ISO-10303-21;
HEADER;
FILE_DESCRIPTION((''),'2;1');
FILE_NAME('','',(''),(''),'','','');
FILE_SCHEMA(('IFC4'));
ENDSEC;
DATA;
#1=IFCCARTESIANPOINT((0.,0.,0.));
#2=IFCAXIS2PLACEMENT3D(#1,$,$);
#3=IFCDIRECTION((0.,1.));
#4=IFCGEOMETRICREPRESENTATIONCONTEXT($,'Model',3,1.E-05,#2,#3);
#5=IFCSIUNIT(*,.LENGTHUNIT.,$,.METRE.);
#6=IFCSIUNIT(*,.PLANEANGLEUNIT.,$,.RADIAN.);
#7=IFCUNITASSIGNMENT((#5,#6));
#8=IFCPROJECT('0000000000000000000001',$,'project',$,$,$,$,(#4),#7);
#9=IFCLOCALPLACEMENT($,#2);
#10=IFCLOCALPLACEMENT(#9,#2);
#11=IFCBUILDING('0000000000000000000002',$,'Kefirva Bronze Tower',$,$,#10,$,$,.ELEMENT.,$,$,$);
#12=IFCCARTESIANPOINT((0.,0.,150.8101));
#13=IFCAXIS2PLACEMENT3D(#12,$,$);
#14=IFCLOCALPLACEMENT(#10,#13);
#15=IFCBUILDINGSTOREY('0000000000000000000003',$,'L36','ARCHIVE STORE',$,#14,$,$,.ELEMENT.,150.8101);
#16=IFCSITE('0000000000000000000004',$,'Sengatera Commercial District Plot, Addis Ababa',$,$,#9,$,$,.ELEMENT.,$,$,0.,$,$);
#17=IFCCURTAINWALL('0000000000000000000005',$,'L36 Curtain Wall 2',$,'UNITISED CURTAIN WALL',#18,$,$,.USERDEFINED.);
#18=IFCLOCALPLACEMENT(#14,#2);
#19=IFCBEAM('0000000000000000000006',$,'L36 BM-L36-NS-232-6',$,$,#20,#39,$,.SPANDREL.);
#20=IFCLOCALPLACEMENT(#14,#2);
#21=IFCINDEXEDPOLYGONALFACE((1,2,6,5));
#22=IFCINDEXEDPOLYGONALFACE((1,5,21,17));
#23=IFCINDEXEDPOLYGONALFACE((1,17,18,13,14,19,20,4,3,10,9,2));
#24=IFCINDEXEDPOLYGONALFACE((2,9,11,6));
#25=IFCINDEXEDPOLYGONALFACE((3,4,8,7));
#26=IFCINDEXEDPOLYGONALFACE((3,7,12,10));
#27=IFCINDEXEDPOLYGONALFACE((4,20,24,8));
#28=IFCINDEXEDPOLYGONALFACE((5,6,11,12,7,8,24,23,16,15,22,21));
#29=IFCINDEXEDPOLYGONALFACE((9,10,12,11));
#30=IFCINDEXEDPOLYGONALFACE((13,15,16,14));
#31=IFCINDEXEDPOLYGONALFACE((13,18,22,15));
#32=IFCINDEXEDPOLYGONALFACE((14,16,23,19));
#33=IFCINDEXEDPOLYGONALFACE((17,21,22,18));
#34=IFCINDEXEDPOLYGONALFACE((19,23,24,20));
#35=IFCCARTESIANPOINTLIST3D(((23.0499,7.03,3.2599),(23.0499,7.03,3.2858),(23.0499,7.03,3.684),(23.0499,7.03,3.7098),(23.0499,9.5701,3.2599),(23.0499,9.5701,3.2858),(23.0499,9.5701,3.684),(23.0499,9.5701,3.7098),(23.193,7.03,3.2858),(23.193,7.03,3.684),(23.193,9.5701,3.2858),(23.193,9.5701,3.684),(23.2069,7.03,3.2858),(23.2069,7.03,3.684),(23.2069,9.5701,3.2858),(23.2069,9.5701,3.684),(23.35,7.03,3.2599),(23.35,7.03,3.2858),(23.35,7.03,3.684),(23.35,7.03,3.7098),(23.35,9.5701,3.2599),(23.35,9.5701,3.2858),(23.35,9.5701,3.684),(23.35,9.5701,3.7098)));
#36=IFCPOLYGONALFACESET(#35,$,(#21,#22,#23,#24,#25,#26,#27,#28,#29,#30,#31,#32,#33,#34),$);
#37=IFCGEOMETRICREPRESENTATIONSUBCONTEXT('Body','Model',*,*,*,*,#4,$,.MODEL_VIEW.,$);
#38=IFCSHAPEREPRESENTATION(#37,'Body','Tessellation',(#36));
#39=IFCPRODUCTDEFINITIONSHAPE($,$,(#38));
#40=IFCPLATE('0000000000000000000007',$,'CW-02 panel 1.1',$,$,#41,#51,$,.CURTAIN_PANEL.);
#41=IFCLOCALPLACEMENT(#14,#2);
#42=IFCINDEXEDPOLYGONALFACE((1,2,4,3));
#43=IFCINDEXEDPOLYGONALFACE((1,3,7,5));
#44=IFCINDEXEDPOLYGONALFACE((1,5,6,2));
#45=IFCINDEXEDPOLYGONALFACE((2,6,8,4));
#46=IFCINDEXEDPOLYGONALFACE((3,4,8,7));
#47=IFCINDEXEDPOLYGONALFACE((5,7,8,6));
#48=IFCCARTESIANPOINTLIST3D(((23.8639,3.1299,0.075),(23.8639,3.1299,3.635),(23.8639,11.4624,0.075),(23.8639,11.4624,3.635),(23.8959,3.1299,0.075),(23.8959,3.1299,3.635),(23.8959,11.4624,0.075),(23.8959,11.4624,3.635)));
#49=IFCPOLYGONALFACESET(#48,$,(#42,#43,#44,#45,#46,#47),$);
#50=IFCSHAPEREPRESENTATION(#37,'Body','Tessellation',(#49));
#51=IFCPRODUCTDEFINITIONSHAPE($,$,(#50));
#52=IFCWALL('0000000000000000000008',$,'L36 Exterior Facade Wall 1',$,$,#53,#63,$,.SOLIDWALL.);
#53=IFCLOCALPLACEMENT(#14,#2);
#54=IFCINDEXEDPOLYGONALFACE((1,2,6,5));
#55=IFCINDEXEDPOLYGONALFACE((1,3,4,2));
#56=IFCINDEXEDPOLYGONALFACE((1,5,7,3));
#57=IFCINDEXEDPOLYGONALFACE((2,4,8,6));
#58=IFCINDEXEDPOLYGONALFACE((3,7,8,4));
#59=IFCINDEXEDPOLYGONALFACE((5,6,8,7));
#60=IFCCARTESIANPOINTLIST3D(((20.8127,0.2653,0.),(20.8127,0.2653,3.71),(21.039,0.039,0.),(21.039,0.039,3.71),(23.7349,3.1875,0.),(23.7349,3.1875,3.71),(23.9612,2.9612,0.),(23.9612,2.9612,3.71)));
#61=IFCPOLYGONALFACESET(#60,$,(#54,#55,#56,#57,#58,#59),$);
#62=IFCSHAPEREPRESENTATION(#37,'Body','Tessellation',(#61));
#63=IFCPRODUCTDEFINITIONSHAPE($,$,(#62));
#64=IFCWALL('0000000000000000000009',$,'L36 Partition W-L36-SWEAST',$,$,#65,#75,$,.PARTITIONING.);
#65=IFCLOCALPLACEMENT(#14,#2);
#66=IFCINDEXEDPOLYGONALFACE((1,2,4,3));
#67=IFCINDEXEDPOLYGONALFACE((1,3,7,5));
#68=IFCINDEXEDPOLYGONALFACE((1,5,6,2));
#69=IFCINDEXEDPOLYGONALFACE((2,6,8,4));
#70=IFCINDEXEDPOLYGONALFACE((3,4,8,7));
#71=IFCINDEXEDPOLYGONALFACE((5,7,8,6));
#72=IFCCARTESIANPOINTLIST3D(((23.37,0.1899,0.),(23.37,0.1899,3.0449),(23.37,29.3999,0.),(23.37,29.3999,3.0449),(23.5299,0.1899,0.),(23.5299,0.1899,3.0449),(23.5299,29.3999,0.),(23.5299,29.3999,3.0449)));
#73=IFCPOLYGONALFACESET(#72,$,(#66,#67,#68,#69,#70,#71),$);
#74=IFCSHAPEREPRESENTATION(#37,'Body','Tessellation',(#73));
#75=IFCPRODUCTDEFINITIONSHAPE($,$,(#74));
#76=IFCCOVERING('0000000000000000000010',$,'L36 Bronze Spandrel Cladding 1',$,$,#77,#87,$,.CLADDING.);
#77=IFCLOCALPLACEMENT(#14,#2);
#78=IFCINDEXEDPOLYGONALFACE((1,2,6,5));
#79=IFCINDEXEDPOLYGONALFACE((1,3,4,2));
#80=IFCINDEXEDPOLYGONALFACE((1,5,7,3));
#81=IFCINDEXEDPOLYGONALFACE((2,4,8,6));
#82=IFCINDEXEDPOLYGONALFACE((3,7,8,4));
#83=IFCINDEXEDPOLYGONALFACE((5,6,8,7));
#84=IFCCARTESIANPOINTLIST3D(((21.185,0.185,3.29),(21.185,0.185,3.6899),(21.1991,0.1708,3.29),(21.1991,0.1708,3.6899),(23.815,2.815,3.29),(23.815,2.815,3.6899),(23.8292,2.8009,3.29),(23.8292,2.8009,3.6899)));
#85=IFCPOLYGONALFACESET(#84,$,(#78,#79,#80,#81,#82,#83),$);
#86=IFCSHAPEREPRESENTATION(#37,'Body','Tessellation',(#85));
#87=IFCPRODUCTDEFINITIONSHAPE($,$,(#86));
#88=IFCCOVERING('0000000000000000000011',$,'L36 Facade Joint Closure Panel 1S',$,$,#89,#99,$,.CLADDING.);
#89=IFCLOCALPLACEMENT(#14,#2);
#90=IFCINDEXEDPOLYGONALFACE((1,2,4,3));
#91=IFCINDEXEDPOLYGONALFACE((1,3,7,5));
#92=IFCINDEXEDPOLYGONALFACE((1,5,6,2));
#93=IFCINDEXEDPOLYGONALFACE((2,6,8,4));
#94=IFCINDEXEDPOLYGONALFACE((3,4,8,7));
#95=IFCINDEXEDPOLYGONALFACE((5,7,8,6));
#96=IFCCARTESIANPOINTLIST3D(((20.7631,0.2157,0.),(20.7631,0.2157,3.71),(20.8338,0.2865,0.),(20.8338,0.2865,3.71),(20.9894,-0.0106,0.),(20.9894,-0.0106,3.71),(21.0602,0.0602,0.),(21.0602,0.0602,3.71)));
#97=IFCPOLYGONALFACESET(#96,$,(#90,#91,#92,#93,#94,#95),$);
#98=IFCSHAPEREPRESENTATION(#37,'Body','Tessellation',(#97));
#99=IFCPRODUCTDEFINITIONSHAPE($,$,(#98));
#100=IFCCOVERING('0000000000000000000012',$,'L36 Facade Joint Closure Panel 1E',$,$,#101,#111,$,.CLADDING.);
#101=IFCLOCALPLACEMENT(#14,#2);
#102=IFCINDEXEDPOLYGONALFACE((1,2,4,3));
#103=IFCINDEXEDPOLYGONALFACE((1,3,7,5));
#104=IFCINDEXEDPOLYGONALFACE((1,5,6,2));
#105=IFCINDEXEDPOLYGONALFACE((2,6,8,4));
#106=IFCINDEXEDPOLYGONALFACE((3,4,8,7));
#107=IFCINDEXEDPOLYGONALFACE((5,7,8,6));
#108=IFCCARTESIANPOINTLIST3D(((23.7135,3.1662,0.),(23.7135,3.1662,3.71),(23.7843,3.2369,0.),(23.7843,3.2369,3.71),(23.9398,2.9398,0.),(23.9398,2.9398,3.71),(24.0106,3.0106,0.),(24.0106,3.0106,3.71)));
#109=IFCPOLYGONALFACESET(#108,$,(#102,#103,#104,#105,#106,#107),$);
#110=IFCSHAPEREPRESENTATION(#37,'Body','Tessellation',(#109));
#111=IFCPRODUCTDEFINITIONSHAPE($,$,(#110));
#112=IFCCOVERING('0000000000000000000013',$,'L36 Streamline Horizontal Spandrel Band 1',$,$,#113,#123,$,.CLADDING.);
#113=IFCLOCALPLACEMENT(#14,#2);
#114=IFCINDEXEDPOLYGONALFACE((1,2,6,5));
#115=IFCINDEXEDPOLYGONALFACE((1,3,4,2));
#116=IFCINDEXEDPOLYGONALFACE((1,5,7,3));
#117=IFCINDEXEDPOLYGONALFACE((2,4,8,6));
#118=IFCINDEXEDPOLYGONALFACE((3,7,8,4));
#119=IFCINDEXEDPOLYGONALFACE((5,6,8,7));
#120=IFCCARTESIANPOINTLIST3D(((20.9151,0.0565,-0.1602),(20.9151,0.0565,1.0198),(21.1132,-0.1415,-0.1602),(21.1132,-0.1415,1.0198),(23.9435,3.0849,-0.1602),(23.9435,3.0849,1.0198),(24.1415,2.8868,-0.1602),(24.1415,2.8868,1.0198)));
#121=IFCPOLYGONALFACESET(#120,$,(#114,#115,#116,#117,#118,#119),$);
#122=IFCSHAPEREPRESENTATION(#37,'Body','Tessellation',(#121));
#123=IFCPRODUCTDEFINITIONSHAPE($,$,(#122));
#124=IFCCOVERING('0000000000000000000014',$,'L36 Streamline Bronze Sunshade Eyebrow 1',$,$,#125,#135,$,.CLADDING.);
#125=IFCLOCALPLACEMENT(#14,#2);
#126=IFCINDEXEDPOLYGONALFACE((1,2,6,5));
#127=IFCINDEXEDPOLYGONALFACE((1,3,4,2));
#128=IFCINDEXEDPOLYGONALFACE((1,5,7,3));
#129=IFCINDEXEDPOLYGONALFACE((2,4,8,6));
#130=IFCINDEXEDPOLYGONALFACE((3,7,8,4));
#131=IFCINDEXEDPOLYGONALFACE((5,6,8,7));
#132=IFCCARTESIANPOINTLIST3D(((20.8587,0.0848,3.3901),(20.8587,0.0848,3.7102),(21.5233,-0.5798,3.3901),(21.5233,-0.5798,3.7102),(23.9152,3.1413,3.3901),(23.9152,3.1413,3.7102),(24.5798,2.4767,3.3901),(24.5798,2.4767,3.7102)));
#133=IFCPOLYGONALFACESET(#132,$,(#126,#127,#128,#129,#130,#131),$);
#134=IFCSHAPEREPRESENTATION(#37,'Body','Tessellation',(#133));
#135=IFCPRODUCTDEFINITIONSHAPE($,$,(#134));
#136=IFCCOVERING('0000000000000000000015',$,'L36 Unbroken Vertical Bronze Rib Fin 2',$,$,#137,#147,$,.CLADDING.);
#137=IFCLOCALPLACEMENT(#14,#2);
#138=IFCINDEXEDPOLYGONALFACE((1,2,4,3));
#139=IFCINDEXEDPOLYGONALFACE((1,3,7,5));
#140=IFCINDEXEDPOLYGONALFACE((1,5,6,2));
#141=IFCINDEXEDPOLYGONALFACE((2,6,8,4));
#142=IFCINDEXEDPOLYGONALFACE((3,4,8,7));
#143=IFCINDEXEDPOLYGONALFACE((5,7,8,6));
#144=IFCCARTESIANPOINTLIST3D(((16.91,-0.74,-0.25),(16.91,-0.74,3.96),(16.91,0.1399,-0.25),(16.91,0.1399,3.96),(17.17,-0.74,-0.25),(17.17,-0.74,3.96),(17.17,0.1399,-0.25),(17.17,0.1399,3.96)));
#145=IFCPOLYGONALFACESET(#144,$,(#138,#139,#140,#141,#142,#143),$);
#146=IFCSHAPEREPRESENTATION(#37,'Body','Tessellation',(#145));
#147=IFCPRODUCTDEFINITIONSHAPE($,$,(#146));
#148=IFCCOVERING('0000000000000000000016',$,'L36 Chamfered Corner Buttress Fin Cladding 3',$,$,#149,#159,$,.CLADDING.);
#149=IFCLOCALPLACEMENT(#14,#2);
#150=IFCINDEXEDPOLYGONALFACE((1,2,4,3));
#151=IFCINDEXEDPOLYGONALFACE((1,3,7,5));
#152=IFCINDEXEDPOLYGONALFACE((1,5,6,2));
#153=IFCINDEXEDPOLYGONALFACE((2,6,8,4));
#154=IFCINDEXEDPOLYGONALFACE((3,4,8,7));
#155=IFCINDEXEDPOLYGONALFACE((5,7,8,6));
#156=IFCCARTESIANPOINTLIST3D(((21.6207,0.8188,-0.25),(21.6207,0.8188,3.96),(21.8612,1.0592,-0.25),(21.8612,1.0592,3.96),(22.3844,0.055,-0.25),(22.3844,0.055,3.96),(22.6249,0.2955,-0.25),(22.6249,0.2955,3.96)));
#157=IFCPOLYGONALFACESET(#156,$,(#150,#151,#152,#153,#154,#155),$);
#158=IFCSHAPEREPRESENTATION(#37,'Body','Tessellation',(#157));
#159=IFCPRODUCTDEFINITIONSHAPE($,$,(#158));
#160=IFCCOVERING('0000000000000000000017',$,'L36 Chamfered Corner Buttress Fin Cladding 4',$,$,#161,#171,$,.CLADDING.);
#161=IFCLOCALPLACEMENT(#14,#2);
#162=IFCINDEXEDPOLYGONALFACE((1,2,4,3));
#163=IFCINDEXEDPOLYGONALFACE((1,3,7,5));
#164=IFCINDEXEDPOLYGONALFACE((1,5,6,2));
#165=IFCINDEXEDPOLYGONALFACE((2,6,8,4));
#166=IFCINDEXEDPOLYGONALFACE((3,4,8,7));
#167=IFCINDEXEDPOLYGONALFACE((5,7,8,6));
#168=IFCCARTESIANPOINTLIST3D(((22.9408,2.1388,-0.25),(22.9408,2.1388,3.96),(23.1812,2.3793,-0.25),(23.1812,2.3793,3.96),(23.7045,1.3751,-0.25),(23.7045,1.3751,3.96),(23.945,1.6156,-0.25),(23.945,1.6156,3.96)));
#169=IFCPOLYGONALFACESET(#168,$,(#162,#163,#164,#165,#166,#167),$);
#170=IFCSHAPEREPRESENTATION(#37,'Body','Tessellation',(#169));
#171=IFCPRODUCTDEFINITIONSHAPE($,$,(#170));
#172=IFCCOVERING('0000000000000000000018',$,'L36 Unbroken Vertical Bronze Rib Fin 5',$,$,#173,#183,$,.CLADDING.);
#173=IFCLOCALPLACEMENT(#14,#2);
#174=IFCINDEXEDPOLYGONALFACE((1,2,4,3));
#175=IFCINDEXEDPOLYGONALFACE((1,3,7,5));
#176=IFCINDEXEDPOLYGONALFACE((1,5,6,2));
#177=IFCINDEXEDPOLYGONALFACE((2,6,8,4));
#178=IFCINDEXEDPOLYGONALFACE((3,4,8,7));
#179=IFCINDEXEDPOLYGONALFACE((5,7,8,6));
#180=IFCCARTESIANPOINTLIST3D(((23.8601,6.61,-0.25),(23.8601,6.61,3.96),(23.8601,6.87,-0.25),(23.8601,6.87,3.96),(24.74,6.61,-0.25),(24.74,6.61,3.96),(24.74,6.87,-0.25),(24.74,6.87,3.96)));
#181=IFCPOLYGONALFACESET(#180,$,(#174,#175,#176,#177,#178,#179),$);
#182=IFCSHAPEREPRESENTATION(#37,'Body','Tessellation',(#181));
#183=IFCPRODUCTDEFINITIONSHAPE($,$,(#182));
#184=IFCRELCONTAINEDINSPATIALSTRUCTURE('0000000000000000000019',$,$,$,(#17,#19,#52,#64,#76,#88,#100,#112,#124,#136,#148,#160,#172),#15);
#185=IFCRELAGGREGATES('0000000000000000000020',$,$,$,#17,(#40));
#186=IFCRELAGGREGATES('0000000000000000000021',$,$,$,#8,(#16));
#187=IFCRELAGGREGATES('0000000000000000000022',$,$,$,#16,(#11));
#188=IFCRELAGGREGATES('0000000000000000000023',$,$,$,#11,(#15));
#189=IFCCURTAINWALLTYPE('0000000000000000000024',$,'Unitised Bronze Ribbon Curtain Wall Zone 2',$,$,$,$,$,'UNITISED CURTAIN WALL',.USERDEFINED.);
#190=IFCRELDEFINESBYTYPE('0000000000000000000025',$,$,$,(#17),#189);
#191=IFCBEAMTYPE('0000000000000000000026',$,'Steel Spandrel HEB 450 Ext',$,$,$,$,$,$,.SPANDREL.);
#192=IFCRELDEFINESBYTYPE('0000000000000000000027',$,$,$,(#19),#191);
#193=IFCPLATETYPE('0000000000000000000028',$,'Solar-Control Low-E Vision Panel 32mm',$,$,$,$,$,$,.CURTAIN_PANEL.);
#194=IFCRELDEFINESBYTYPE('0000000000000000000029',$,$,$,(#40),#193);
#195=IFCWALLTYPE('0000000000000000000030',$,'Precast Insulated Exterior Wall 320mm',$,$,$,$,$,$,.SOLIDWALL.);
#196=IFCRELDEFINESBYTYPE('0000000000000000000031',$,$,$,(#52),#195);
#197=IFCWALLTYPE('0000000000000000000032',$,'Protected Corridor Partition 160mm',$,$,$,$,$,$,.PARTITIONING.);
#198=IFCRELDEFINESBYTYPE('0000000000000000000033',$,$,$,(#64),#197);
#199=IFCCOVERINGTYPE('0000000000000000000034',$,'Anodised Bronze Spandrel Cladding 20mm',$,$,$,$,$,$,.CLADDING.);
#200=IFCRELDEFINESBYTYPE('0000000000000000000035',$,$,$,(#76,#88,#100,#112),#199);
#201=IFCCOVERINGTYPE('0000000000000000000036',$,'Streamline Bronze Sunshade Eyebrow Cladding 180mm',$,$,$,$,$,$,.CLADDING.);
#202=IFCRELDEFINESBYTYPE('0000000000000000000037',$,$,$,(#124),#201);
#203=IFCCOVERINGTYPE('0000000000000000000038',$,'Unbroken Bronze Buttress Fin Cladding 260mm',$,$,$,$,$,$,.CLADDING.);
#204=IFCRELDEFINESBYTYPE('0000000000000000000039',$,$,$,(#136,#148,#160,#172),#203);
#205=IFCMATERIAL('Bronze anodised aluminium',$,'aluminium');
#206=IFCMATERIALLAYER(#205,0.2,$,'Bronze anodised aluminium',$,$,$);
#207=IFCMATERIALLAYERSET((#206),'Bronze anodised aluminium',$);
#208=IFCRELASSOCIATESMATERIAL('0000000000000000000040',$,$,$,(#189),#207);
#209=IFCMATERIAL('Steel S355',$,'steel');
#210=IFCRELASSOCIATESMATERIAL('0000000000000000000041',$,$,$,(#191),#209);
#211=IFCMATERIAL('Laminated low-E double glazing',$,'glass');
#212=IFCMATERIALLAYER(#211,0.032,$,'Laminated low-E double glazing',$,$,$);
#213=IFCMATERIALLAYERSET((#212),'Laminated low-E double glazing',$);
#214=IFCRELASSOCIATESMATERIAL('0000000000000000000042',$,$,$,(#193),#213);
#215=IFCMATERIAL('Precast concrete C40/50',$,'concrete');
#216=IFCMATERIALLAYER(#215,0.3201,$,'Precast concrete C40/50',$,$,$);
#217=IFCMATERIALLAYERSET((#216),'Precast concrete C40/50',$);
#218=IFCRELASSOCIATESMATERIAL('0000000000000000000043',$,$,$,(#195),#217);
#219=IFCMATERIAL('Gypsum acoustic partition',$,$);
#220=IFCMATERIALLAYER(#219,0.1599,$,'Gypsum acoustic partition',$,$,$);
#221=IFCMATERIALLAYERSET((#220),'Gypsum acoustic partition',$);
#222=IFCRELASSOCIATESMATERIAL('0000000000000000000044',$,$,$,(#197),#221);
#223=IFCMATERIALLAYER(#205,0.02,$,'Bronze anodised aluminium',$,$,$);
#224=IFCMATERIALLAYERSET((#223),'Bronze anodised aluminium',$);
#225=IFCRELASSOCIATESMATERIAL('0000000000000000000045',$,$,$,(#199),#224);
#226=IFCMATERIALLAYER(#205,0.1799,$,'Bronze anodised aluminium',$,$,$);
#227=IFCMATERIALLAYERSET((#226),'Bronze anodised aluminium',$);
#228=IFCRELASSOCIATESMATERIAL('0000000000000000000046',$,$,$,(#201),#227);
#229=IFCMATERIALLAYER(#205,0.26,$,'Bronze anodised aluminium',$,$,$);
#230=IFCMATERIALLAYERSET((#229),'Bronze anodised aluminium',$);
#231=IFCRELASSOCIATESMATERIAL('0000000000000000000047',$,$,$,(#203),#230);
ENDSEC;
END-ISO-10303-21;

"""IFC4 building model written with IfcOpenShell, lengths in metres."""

from ifc_helpers import new_model, si_unit, direction, frame, frame_2d, origin, origin_2d, place, context, subcontext, project, spatial, rectangle, i_section, extrude, material, layer, layer_set, material_profile, profile_set, type_object, element, aggregate, save


model = new_model("IFC4")

# Units and contexts
model_context = context("Model", 3, precision=1e-05, world=origin(), true_north=direction((0.0, 1.0)))
body_context = subcontext(model_context, "Body", "Model", "MODEL_VIEW")
ifc_project = project(units=[si_unit("LENGTHUNIT", "METRE"), si_unit("PLANEANGLEUNIT", "RADIAN")], contexts=[model_context])

# Site, building, storey
site_placement = place(None, origin())
site = spatial("IfcSite", under=ifc_project, at=site_placement, Name="Sengatera Commercial District Plot, Addis Ababa", CompositionType="ELEMENT", RefElevation=0.0)
building_placement = place(site_placement, origin())
building = spatial("IfcBuilding", under=site, at=building_placement, Name="Kefirva Bronze Tower", CompositionType="ELEMENT")
storey_placement = place(building_placement, frame((0.0, 0.0, 150.8101)))
storey = spatial("IfcBuildingStorey", under=building, at=storey_placement, Name="L36", Description="ARCHIVE STORE", CompositionType="ELEMENT", Elevation=150.8101)

# Shared definitions
ifc_material_1 = material(Name="Bronze anodised aluminium", Category="aluminium")
ifc_layer_1 = layer(ifc_material_1, 0.2, Name="Bronze anodised aluminium")
ifc_layer_set_1 = layer_set([ifc_layer_1], Name="Bronze anodised aluminium")
curtain_wall_type = type_object("IfcCurtainWallType", Name="Unitised Bronze Ribbon Curtain Wall Zone 2", ElementType="UNITISED CURTAIN WALL", PredefinedType="USERDEFINED", material=ifc_layer_set_1)

# Curtain wall
curtain_wall_1_placement = place(storey_placement, origin())
curtain_wall_1 = element("IfcCurtainWall", 1, at=curtain_wall_1_placement, inside=storey, type_object=curtain_wall_type, Name="L36 Curtain Wall 2", ObjectType="UNITISED CURTAIN WALL", PredefinedType="USERDEFINED")

# Beam
ifc_material_2 = material(Name="Steel S355", Category="steel")
ifc_material_profile_1 = material_profile(ifc_material_2, i_section(OverallWidth=0.3, OverallDepth=0.45, WebThickness=0.0139, FlangeThickness=0.0259, at=origin_2d()), Name="HEB 450")
ifc_profile_set_1 = profile_set([ifc_material_profile_1], Name="Steel S355")
beam_type_1 = type_object("IfcBeamType", Name="Steel Spandrel HEB 450 Ext", PredefinedType="SPANDREL", material=ifc_profile_set_1)
beam_1_placement = place(storey_placement, frame((23.2, 7.03, 3.4849), z_axis=(0.0, 1.0, 0.0), x_axis=(-1.0, 0.0, 0.0)))
element("IfcBeam", 2, at=beam_1_placement, inside=storey, type_object=beam_type_1, Name="L36 BM-L36-NS-232-6", PredefinedType="SPANDREL", context=body_context, shape_type="SweptSolid", body=[
    extrude(i_section(OverallWidth=0.3, OverallDepth=0.45, WebThickness=0.0139, FlangeThickness=0.0259, at=origin_2d()), origin(), (0.0, 0.0, 1.0), 2.54),
])

# Plate
ifc_material_3 = material(Name="Laminated low-E double glazing", Category="glass")
ifc_layer_2 = layer(ifc_material_3, 0.032, Name="Laminated low-E double glazing")
ifc_layer_set_2 = layer_set([ifc_layer_2], Name="Laminated low-E double glazing")
plate_type = type_object("IfcPlateType", Name="Solar-Control Low-E Vision Panel 32mm", PredefinedType="CURTAIN_PANEL", material=ifc_layer_set_2)
plate_placement = place(storey_placement, frame((23.8799, 7.2961, 0.075), z_axis=(0.0, 0.0, 1.0), x_axis=(0.0, 1.0, 0.0)))
plate = element("IfcPlate", 3, at=plate_placement, type_object=plate_type, Name="CW-02 panel 1.1", PredefinedType="CURTAIN_PANEL", context=body_context, shape_type="SweptSolid", body=[
    extrude(rectangle(XDim=8.3325, YDim=0.032, at=origin_2d()), origin(), (0.0, 0.0, 1.0), 3.5601),
])
aggregate(curtain_wall_1, [plate])

# Walls
ifc_material_4 = material(Name="Precast concrete C40/50", Category="concrete")
ifc_layer_3 = layer(ifc_material_4, 0.3201, Name="Precast concrete C40/50")
ifc_layer_set_3 = layer_set([ifc_layer_3], Name="Precast concrete C40/50")
wall_type_1 = type_object("IfcWallType", Name="Precast Insulated Exterior Wall 320mm", PredefinedType="SOLIDWALL", material=ifc_layer_set_3)
wall_1_placement = place(storey_placement, frame((20.9258, 0.1521, 0.0), z_axis=(0.0, 0.0, 1.0), x_axis=(0.707107, 0.707107, 0.0)))
element("IfcWall", 4, at=wall_1_placement, inside=storey, type_object=wall_type_1, Name="L36 Exterior Facade Wall 1", PredefinedType="SOLIDWALL", context=body_context, shape_type="SweptSolid", body=[
    extrude(rectangle(XDim=4.1326, YDim=0.3201, at=frame_2d((2.0664, 0.0))), origin(), (0.0, 0.0, 1.0), 3.71),
])
ifc_material_5 = material(Name="Gypsum acoustic partition")
ifc_layer_4 = layer(ifc_material_5, 0.1599, Name="Gypsum acoustic partition")
ifc_layer_set_4 = layer_set([ifc_layer_4], Name="Gypsum acoustic partition")
wall_type_2 = type_object("IfcWallType", Name="Protected Corridor Partition 160mm", PredefinedType="PARTITIONING", material=ifc_layer_set_4)
wall_2_placement = place(storey_placement, frame((23.45, 0.1899, 0.0), z_axis=(0.0, 0.0, 1.0), x_axis=(0.0, 1.0, 0.0)))
element("IfcWall", 5, at=wall_2_placement, inside=storey, type_object=wall_type_2, Name="L36 Partition W-L36-SWEAST", PredefinedType="PARTITIONING", context=body_context, shape_type="SweptSolid", body=[
    extrude(rectangle(XDim=29.21, YDim=0.1599, at=frame_2d((14.605, 0.0))), origin(), (0.0, 0.0, 1.0), 3.0449),
])

# Coverings
ifc_layer_5 = layer(ifc_material_1, 0.02, Name="Bronze anodised aluminium")
ifc_layer_set_5 = layer_set([ifc_layer_5], Name="Bronze anodised aluminium")
covering_type_1 = type_object("IfcCoveringType", Name="Anodised Bronze Spandrel Cladding 20mm", PredefinedType="CLADDING", material=ifc_layer_set_5)
covering_1_placement = place(storey_placement, frame((22.5071, 1.4929, 3.29), z_axis=(0.0, 0.0, 1.0), x_axis=(0.707107, 0.707107, 0.0)))
element("IfcCovering", 6, at=covering_1_placement, inside=storey, type_object=covering_type_1, Name="L36 Bronze Spandrel Cladding 1", PredefinedType="CLADDING", context=body_context, shape_type="SweptSolid", body=[
    extrude(rectangle(XDim=3.7195, YDim=0.02, at=origin_2d()), origin(), (0.0, 0.0, 1.0), 0.3999),
])
for number, where, z_axis, x_axis, name in (
    (7, (20.9116, 0.1379, 0.0), (0.0, 0.0, 1.0), (0.707107, 0.707107, 0.0), "L36 Facade Joint Closure Panel 1S"),
    (8, (23.8621, 3.0884, 0.0), (0.0, 0.0, 1.0), (0.707107, 0.707107, 0.0), "L36 Facade Joint Closure Panel 1E"),
):
    element("IfcCovering", number, at=place(storey_placement, frame(where, z_axis=z_axis, x_axis=x_axis)), inside=storey, type_object=covering_type_1, Name=name, PredefinedType="CLADDING", context=body_context, shape_type="SweptSolid", body=[
        extrude(rectangle(XDim=0.1001, YDim=0.3201, at=origin_2d()), origin(), (0.0, 0.0, 1.0), 3.71),
    ])
covering_2_placement = place(storey_placement, frame((22.5283, 1.4717, -0.1602), z_axis=(0.0, 0.0, 1.0), x_axis=(0.707107, 0.707107, 0.0)))
element("IfcCovering", 9, at=covering_2_placement, inside=storey, type_object=covering_type_1, Name="L36 Streamline Horizontal Spandrel Band 1", PredefinedType="CLADDING", context=body_context, shape_type="SweptSolid", body=[
    extrude(rectangle(XDim=4.2827, YDim=0.28, at=origin_2d()), origin(), (0.0, 0.0, 1.0), 1.1799),
])
ifc_layer_6 = layer(ifc_material_1, 0.1799, Name="Bronze anodised aluminium")
ifc_layer_set_6 = layer_set([ifc_layer_6], Name="Bronze anodised aluminium")
covering_type_2 = type_object("IfcCoveringType", Name="Streamline Bronze Sunshade Eyebrow Cladding 180mm", PredefinedType="CLADDING", material=ifc_layer_set_6)
covering_3_placement = place(storey_placement, frame((22.7192, 1.2808, 3.3901), z_axis=(0.0, 0.0, 1.0), x_axis=(0.707107, 0.707107, 0.0)))
element("IfcCovering", 10, at=covering_3_placement, inside=storey, type_object=covering_type_2, Name="L36 Streamline Bronze Sunshade Eyebrow 1", PredefinedType="CLADDING", context=body_context, shape_type="SweptSolid", body=[
    extrude(rectangle(XDim=4.3225, YDim=0.9399, at=origin_2d()), origin(), (0.0, 0.0, 1.0), 0.3201),
])
ifc_layer_7 = layer(ifc_material_1, 0.26, Name="Bronze anodised aluminium")
ifc_layer_set_7 = layer_set([ifc_layer_7], Name="Bronze anodised aluminium")
covering_type_3 = type_object("IfcCoveringType", Name="Unbroken Bronze Buttress Fin Cladding 260mm", PredefinedType="CLADDING", material=ifc_layer_set_7)
covering_4_placement = place(storey_placement, frame((17.04, -0.3, -0.25), z_axis=(0.0, 0.0, 1.0), x_axis=(1.0, 0.0, 0.0)))
element("IfcCovering", 11, at=covering_4_placement, inside=storey, type_object=covering_type_3, Name="L36 Unbroken Vertical Bronze Rib Fin 2", PredefinedType="CLADDING", context=body_context, shape_type="SweptSolid", body=[
    extrude(rectangle(XDim=0.26, YDim=0.8799, at=origin_2d()), origin(), (0.0, 0.0, 1.0), 4.21),
])
for number, where, z_axis, x_axis, name in (
    (12, (22.1228, 0.5571, -0.25), (0.0, 0.0, 1.0), (0.707107, 0.707107, 0.0), "L36 Chamfered Corner Buttress Fin Cladding 3"),
    (13, (23.4429, 1.8772, -0.25), (0.0, 0.0, 1.0), (0.707107, 0.707107, 0.0), "L36 Chamfered Corner Buttress Fin Cladding 4"),
):
    element("IfcCovering", number, at=place(storey_placement, frame(where, z_axis=z_axis, x_axis=x_axis)), inside=storey, type_object=covering_type_3, Name=name, PredefinedType="CLADDING", context=body_context, shape_type="SweptSolid", body=[
        extrude(rectangle(XDim=0.3401, YDim=1.0801, at=origin_2d()), origin(), (0.0, 0.0, 1.0), 4.21),
    ])
covering_5_placement = place(storey_placement, frame((24.3, 6.74, -0.25), z_axis=(0.0, 0.0, 1.0), x_axis=(0.0, 1.0, 0.0)))
element("IfcCovering", 14, at=covering_5_placement, inside=storey, type_object=covering_type_3, Name="L36 Unbroken Vertical Bronze Rib Fin 5", PredefinedType="CLADDING", context=body_context, shape_type="SweptSolid", body=[
    extrude(rectangle(XDim=0.26, YDim=0.8799, at=origin_2d()), origin(), (0.0, 0.0, 1.0), 4.21),
])

save(model, "model.ifc")
